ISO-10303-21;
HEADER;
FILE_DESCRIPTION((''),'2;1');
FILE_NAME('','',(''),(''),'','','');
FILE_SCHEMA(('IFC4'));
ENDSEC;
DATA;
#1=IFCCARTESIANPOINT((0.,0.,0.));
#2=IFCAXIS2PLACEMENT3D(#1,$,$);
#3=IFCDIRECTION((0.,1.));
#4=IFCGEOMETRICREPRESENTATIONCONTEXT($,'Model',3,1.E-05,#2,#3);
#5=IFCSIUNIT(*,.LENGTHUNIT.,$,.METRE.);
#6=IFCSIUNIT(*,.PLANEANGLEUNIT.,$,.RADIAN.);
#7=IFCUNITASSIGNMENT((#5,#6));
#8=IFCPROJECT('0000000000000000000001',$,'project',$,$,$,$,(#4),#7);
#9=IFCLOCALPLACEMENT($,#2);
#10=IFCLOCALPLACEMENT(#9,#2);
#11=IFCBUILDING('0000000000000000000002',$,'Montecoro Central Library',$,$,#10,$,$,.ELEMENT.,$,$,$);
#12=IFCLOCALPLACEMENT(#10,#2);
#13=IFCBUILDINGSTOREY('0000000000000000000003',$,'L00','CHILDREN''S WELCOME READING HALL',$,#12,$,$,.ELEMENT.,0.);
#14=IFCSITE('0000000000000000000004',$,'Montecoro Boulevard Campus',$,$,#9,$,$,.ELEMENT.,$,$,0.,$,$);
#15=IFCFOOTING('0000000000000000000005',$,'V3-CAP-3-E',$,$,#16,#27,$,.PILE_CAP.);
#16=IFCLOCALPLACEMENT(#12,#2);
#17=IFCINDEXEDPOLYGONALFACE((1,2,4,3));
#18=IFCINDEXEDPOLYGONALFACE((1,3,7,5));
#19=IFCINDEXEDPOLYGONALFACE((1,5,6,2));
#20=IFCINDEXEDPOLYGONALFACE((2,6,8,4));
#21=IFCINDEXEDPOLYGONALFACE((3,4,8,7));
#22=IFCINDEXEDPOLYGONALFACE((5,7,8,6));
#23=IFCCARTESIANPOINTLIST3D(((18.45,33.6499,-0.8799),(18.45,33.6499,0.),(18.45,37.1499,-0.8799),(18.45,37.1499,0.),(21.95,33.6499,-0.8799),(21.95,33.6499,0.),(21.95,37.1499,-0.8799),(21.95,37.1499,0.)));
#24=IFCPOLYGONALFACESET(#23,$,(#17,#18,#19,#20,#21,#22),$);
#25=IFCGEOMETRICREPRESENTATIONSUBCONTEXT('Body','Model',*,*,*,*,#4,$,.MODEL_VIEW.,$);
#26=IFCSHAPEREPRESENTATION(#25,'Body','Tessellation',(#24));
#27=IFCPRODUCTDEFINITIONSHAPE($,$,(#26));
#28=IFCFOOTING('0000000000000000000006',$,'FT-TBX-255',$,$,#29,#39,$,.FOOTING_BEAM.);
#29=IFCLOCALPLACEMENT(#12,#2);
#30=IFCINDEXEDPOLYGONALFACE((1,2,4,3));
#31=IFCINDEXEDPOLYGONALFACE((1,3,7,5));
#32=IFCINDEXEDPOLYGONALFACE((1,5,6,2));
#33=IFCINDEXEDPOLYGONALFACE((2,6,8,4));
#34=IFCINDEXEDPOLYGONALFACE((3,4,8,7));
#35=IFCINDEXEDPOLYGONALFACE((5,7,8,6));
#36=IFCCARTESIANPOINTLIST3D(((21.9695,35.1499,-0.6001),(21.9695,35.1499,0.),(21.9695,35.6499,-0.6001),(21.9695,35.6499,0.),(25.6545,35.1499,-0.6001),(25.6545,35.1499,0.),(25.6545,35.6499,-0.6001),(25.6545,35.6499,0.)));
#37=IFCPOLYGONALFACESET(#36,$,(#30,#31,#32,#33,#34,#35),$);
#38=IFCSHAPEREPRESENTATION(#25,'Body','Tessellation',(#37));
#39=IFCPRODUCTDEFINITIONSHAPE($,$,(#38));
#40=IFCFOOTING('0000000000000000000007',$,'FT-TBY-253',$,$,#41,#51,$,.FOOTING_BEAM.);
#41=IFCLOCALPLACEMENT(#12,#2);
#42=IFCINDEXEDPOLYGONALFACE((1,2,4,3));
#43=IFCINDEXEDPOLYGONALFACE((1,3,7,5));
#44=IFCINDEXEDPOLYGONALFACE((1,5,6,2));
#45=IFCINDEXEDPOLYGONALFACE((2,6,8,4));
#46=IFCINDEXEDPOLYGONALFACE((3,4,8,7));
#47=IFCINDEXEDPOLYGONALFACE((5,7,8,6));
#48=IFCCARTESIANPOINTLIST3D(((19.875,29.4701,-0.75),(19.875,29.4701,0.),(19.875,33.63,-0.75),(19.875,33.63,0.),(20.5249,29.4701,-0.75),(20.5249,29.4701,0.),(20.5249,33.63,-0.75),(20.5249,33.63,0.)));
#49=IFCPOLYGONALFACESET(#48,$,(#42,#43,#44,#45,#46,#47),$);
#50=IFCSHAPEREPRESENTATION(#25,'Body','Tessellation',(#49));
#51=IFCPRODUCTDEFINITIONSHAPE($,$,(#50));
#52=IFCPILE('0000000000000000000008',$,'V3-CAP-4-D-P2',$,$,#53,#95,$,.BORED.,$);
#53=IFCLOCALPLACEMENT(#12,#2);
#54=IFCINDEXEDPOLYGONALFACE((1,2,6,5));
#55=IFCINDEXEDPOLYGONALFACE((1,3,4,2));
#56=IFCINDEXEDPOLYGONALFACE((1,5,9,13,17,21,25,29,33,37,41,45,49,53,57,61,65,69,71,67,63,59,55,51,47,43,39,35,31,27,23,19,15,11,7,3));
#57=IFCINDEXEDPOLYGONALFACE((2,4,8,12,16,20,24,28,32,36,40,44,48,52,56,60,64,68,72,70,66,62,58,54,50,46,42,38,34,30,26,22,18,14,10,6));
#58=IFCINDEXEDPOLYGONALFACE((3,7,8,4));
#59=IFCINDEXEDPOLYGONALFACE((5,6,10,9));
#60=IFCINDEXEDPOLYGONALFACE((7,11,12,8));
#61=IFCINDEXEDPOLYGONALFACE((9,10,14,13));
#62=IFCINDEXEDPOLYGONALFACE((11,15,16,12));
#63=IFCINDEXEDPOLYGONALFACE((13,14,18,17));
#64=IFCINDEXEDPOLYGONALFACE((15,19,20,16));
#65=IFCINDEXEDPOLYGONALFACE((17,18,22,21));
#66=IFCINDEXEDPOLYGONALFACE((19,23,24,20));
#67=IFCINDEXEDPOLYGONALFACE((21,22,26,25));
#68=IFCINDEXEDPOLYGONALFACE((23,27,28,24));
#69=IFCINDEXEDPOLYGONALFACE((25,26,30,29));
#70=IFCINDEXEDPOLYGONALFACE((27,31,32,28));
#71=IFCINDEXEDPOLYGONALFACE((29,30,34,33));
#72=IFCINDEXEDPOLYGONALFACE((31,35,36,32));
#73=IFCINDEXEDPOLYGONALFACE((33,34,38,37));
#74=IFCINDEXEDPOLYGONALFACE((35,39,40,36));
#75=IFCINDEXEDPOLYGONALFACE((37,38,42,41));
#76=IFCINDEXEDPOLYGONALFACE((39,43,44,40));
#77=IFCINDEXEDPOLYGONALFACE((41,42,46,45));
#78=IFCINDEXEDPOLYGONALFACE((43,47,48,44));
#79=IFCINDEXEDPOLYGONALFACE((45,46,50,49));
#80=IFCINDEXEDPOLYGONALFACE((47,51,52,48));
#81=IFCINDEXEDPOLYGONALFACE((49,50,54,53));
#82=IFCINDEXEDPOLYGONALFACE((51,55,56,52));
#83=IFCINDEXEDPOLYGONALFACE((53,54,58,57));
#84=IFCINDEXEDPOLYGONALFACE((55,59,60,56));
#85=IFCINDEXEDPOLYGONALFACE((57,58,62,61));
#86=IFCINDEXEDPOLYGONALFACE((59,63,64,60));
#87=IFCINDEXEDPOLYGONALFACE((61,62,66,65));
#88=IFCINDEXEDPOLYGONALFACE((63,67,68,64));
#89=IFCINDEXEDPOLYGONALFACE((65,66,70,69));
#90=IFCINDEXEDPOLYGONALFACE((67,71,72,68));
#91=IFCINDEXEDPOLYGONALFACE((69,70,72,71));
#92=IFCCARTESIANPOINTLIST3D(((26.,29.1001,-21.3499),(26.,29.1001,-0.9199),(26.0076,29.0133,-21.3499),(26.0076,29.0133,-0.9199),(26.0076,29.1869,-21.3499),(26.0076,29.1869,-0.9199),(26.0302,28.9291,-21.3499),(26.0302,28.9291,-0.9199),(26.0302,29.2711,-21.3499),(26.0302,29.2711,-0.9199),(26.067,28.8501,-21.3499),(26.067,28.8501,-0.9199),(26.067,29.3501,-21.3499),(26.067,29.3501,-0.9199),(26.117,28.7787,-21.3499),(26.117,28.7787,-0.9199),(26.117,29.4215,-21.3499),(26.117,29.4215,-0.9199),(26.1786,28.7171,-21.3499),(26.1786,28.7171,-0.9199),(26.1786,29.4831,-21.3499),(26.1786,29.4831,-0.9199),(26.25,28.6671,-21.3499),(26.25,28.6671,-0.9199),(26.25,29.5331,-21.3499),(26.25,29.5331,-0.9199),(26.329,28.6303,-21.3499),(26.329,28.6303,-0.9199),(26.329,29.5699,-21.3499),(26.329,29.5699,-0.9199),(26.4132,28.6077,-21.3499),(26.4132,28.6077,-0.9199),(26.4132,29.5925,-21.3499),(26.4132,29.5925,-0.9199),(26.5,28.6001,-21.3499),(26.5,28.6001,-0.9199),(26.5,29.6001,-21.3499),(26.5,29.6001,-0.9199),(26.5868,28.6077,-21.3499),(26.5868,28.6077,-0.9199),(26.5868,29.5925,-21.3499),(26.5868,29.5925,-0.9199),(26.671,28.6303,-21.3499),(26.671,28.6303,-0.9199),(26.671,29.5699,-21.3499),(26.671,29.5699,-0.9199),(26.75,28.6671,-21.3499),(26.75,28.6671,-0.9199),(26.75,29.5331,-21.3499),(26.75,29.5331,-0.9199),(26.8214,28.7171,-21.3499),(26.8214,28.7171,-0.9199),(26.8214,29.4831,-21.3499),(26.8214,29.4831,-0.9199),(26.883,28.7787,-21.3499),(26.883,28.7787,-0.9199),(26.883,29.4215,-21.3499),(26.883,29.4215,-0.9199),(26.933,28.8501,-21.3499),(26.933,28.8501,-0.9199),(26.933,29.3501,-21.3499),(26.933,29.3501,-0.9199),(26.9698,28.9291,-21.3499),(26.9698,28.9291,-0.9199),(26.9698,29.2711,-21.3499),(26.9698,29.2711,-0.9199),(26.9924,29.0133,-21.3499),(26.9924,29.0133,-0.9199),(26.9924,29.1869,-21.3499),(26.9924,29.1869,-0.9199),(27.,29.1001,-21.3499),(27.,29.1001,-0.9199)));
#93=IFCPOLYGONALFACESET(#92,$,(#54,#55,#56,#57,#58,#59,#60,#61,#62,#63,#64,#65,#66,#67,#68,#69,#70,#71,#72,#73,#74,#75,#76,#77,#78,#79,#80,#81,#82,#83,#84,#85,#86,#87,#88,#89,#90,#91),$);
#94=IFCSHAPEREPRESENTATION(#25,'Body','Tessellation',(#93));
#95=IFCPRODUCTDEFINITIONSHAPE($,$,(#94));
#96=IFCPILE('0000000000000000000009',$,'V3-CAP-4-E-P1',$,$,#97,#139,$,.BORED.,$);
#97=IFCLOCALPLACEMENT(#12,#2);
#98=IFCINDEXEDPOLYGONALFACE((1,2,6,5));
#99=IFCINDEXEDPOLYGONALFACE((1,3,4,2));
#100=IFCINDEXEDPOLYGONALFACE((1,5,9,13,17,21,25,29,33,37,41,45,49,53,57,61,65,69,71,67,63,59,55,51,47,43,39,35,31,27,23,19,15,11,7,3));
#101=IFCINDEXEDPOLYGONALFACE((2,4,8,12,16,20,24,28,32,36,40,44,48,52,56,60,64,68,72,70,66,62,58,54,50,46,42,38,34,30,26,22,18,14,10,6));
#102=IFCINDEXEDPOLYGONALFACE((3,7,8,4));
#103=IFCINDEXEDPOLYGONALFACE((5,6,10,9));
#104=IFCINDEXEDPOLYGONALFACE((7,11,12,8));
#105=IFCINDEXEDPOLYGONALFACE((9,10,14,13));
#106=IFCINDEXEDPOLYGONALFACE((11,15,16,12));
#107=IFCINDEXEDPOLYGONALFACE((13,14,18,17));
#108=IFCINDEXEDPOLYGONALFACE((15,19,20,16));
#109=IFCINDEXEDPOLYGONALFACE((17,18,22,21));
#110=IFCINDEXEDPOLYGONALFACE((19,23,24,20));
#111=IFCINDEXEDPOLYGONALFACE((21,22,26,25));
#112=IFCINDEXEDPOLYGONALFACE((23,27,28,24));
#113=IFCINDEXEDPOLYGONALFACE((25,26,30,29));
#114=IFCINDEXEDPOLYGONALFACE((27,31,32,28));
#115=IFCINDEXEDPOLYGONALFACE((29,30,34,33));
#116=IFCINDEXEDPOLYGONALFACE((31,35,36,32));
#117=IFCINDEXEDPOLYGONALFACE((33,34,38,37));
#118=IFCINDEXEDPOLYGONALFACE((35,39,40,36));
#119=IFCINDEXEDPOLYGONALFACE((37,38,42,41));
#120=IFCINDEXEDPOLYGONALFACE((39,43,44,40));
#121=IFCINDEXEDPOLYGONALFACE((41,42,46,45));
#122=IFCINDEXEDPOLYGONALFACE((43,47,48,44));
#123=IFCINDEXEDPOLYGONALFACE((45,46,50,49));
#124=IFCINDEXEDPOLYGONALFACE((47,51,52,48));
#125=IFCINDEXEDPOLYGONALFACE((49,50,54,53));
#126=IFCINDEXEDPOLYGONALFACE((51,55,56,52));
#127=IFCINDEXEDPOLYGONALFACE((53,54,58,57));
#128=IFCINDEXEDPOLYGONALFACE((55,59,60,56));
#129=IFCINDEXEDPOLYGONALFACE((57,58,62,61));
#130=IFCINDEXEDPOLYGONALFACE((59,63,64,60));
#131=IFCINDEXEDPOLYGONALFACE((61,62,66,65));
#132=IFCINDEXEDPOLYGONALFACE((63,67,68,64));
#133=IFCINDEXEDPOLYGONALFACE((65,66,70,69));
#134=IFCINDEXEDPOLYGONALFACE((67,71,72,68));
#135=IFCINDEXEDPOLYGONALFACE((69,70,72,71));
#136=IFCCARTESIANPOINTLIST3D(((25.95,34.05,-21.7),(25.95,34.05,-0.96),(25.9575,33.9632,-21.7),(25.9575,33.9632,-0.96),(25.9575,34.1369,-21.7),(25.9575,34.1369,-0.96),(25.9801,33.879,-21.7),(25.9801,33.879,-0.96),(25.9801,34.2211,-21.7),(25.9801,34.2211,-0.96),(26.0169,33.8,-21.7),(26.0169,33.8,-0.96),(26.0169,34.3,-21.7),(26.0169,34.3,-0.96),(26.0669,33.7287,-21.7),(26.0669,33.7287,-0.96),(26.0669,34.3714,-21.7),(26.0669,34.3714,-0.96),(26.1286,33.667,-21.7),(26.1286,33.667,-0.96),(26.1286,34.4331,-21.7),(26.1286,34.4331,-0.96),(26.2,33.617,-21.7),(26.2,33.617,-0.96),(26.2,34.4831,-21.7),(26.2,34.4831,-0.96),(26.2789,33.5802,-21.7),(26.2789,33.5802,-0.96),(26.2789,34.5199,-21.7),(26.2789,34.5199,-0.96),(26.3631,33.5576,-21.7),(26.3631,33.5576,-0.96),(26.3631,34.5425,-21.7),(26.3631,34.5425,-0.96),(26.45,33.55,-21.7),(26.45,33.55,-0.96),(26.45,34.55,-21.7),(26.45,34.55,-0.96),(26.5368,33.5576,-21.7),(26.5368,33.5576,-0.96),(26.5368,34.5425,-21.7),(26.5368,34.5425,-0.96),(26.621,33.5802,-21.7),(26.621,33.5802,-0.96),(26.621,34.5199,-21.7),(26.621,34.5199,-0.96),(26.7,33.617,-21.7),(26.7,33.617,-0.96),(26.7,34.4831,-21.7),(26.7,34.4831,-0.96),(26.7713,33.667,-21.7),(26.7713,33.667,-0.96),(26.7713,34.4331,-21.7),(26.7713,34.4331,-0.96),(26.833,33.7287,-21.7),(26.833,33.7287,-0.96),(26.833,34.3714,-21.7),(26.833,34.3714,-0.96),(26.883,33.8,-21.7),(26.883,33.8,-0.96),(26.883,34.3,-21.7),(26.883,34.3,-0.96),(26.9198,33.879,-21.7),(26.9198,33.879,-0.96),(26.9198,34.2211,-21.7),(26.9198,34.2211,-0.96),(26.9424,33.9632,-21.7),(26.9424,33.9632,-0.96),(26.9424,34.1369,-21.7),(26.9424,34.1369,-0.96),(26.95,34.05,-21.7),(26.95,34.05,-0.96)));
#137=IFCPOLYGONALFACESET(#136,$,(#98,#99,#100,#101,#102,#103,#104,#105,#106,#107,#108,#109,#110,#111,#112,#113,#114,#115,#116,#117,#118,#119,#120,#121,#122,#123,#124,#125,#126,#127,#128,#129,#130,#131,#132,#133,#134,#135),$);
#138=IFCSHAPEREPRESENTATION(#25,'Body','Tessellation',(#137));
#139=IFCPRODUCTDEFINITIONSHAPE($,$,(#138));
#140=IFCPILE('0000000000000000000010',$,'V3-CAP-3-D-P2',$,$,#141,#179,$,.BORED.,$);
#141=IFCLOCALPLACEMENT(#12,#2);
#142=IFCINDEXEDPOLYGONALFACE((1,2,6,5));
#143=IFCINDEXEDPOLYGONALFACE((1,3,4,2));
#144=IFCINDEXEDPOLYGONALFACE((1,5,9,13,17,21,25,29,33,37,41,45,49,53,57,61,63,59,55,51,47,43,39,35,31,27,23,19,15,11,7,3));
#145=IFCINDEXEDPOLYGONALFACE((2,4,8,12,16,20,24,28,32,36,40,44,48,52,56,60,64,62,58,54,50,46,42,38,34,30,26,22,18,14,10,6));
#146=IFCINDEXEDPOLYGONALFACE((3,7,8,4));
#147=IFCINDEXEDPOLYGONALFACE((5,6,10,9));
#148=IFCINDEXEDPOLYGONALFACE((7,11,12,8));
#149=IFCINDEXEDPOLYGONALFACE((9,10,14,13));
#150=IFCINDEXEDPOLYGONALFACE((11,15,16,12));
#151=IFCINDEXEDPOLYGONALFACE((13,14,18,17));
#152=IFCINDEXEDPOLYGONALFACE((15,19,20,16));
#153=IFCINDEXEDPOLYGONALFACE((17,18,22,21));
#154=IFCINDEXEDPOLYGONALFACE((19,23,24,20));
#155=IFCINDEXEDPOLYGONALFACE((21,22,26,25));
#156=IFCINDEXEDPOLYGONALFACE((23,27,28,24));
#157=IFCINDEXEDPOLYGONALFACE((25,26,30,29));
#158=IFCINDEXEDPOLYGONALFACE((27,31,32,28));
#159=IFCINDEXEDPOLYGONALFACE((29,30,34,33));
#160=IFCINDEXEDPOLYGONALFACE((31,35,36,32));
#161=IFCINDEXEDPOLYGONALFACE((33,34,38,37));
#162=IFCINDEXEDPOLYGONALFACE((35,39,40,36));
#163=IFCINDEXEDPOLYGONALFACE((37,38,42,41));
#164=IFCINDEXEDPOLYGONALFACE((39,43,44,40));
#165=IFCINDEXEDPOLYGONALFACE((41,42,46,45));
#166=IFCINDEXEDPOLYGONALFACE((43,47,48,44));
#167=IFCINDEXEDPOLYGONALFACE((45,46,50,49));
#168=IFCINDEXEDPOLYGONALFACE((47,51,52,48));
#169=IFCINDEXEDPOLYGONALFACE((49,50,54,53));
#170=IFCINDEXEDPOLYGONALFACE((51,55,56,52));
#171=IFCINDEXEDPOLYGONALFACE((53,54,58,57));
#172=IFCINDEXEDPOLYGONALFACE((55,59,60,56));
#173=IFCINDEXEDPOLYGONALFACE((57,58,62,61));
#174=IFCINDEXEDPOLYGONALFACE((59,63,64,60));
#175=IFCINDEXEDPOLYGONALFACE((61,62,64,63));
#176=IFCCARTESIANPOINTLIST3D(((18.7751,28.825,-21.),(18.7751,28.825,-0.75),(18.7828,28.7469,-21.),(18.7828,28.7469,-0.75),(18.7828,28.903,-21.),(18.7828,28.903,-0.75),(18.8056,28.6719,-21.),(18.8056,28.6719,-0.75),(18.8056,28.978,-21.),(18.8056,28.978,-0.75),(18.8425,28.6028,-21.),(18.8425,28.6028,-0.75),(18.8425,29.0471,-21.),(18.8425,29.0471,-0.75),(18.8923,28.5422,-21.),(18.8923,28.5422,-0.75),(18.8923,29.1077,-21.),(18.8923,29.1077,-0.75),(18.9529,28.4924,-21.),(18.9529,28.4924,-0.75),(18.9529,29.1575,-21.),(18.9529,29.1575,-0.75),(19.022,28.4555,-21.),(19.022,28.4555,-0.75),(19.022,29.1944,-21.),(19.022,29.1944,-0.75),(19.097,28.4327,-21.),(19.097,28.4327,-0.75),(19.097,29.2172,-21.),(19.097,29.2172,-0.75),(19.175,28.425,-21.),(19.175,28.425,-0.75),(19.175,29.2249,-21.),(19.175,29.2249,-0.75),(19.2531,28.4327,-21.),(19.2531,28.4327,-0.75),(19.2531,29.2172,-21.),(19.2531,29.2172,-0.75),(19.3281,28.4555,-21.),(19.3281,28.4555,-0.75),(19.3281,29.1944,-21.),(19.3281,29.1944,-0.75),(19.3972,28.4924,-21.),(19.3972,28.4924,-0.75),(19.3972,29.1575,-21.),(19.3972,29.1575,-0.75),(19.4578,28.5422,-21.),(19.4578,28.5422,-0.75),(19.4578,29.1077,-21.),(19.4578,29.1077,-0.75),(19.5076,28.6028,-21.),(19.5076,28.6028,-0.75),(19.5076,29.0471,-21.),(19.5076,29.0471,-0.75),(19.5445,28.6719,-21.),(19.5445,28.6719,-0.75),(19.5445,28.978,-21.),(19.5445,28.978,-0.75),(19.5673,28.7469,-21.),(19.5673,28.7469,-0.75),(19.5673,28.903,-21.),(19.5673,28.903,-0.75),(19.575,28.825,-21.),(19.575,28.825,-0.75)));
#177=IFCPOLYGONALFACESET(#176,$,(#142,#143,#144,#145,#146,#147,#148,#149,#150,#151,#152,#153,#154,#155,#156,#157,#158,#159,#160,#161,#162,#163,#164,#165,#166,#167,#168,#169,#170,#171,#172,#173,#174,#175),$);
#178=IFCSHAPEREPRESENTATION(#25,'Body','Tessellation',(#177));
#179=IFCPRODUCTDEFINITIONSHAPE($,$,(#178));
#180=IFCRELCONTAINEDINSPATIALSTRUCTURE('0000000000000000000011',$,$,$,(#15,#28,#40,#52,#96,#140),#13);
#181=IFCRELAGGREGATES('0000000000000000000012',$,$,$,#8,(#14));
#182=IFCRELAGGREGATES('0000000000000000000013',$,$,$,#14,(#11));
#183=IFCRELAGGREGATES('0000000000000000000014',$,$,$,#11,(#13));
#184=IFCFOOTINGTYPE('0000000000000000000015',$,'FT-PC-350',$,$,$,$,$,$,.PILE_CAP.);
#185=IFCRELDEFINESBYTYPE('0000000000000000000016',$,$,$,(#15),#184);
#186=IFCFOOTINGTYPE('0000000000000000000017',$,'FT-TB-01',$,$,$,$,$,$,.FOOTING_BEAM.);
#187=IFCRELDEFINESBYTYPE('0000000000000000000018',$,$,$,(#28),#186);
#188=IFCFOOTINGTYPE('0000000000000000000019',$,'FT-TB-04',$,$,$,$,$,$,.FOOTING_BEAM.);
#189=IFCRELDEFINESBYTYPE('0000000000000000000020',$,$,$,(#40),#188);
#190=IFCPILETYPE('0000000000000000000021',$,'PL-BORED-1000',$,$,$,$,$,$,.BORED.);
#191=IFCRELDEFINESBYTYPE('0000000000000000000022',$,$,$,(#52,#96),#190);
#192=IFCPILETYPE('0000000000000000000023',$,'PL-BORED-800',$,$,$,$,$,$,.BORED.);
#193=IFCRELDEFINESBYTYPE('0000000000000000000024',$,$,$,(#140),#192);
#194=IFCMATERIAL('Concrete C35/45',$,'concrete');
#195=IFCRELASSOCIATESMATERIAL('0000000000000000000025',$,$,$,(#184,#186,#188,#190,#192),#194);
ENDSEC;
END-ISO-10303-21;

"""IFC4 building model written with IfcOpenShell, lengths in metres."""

from ifc_helpers import new_model, si_unit, direction, frame, origin, origin_2d, place, context, subcontext, project, spatial, rectangle, circle, extrude, material, material_profile, profile_set, type_object, element, save


model = new_model("IFC4")

# Units and contexts
model_context = context("Model", 3, precision=1e-05, world=origin(), true_north=direction((0.0, 1.0)))
body_context = subcontext(model_context, "Body", "Model", "MODEL_VIEW")
ifc_project = project(units=[si_unit("LENGTHUNIT", "METRE"), si_unit("PLANEANGLEUNIT", "RADIAN")], contexts=[model_context])

# Site, building, storey
site_placement = place(None, origin())
site = spatial("IfcSite", under=ifc_project, at=site_placement, Name="Montecoro Boulevard Campus", CompositionType="ELEMENT", RefElevation=0.0)
building_placement = place(site_placement, origin())
building = spatial("IfcBuilding", under=site, at=building_placement, Name="Montecoro Central Library", CompositionType="ELEMENT")
storey_placement = place(building_placement, origin())
storey = spatial("IfcBuildingStorey", under=building, at=storey_placement, Name="L00", Description="CHILDREN'S WELCOME READING HALL", CompositionType="ELEMENT", Elevation=0.0)

# Footings
ifc_material_1 = material(Name="Concrete C35/45", Category="concrete")
footing_type_1 = type_object("IfcFootingType", Name="FT-PC-350", PredefinedType="PILE_CAP", material=ifc_material_1)
footing_1_placement = place(storey_placement, frame((20.2, 35.3999, -0.8799), z_axis=(0.0, 0.0, 1.0), x_axis=(1.0, 0.0, 0.0)))
element("IfcFooting", 1, at=footing_1_placement, inside=storey, type_object=footing_type_1, Name="V3-CAP-3-E", PredefinedType="PILE_CAP", context=body_context, shape_type="SweptSolid", body=[
    extrude(rectangle(XDim=3.5, YDim=3.5, at=origin_2d()), origin(), (0.0, 0.0, 1.0), 0.8799),
])
footing_type_2 = type_object("IfcFootingType", Name="FT-TB-01", PredefinedType="FOOTING_BEAM", material=ifc_material_1)
footing_2_placement = place(storey_placement, frame((23.812, 35.3999, -0.6001), z_axis=(0.0, 0.0, 1.0), x_axis=(1.0, 0.0, 0.0)))
element("IfcFooting", 2, at=footing_2_placement, inside=storey, type_object=footing_type_2, Name="FT-TBX-255", PredefinedType="FOOTING_BEAM", context=body_context, shape_type="SweptSolid", body=[
    extrude(rectangle(XDim=3.6851, YDim=0.5, at=origin_2d()), origin(), (0.0, 0.0, 1.0), 0.6001),
])
footing_type_3 = type_object("IfcFootingType", Name="FT-TB-04", PredefinedType="FOOTING_BEAM", material=ifc_material_1)
footing_3_placement = place(storey_placement, frame((20.2, 31.55, -0.75), z_axis=(0.0, 0.0, 1.0), x_axis=(1.0, 0.0, 0.0)))
element("IfcFooting", 3, at=footing_3_placement, inside=storey, type_object=footing_type_3, Name="FT-TBY-253", PredefinedType="FOOTING_BEAM", context=body_context, shape_type="SweptSolid", body=[
    extrude(rectangle(XDim=0.6499, YDim=4.1599, at=origin_2d()), origin(), (0.0, 0.0, 1.0), 0.75),
])

# Piles
ifc_material_profile_1 = material_profile(ifc_material_1, circle(Radius=0.5, at=origin_2d()), Name="PILE D1000")
ifc_profile_set_1 = profile_set([ifc_material_profile_1], Name="Concrete C35/45")
pile_type_1 = type_object("IfcPileType", Name="PL-BORED-1000", PredefinedType="BORED", material=ifc_profile_set_1)
pile_1_placement = place(storey_placement, frame((26.5, 29.1001, -0.9199), z_axis=(0.0, 0.0, -1.0), x_axis=(1.0, 0.0, 0.0)))
element("IfcPile", 4, at=pile_1_placement, inside=storey, type_object=pile_type_1, Name="V3-CAP-4-D-P2", PredefinedType="BORED", context=body_context, shape_type="SweptSolid", body=[
    extrude(circle(Radius=0.5, at=origin_2d()), origin(), (0.0, 0.0, 1.0), 20.4299),
])
pile_2_placement = place(storey_placement, frame((26.45, 34.05, -0.96), z_axis=(0.0, 0.0, -1.0), x_axis=(1.0, 0.0, 0.0)))
element("IfcPile", 5, at=pile_2_placement, inside=storey, type_object=pile_type_1, Name="V3-CAP-4-E-P1", PredefinedType="BORED", context=body_context, shape_type="SweptSolid", body=[
    extrude(circle(Radius=0.5, at=origin_2d()), origin(), (0.0, 0.0, 1.0), 20.74),
])
ifc_material_profile_2 = material_profile(ifc_material_1, circle(Radius=0.3999, at=origin_2d()), Name="PILE D800")
ifc_profile_set_2 = profile_set([ifc_material_profile_2], Name="Concrete C35/45")
pile_type_2 = type_object("IfcPileType", Name="PL-BORED-800", PredefinedType="BORED", material=ifc_profile_set_2)
for number, where, z_axis, x_axis, name in (
    (6, (19.175, 28.825, -0.75), (0.0, 0.0, -1.0), (1.0, 0.0, 0.0), "V3-CAP-3-D-P2"),
):
    element("IfcPile", number, at=place(storey_placement, frame(where, z_axis=z_axis, x_axis=x_axis)), inside=storey, type_object=pile_type_2, Name=name, PredefinedType="BORED", context=body_context, shape_type="SweptSolid", body=[
        extrude(circle(Radius=0.3999, at=origin_2d()), origin(), (0.0, 0.0, 1.0), 20.25),
    ])

save(model, "model.ifc")
